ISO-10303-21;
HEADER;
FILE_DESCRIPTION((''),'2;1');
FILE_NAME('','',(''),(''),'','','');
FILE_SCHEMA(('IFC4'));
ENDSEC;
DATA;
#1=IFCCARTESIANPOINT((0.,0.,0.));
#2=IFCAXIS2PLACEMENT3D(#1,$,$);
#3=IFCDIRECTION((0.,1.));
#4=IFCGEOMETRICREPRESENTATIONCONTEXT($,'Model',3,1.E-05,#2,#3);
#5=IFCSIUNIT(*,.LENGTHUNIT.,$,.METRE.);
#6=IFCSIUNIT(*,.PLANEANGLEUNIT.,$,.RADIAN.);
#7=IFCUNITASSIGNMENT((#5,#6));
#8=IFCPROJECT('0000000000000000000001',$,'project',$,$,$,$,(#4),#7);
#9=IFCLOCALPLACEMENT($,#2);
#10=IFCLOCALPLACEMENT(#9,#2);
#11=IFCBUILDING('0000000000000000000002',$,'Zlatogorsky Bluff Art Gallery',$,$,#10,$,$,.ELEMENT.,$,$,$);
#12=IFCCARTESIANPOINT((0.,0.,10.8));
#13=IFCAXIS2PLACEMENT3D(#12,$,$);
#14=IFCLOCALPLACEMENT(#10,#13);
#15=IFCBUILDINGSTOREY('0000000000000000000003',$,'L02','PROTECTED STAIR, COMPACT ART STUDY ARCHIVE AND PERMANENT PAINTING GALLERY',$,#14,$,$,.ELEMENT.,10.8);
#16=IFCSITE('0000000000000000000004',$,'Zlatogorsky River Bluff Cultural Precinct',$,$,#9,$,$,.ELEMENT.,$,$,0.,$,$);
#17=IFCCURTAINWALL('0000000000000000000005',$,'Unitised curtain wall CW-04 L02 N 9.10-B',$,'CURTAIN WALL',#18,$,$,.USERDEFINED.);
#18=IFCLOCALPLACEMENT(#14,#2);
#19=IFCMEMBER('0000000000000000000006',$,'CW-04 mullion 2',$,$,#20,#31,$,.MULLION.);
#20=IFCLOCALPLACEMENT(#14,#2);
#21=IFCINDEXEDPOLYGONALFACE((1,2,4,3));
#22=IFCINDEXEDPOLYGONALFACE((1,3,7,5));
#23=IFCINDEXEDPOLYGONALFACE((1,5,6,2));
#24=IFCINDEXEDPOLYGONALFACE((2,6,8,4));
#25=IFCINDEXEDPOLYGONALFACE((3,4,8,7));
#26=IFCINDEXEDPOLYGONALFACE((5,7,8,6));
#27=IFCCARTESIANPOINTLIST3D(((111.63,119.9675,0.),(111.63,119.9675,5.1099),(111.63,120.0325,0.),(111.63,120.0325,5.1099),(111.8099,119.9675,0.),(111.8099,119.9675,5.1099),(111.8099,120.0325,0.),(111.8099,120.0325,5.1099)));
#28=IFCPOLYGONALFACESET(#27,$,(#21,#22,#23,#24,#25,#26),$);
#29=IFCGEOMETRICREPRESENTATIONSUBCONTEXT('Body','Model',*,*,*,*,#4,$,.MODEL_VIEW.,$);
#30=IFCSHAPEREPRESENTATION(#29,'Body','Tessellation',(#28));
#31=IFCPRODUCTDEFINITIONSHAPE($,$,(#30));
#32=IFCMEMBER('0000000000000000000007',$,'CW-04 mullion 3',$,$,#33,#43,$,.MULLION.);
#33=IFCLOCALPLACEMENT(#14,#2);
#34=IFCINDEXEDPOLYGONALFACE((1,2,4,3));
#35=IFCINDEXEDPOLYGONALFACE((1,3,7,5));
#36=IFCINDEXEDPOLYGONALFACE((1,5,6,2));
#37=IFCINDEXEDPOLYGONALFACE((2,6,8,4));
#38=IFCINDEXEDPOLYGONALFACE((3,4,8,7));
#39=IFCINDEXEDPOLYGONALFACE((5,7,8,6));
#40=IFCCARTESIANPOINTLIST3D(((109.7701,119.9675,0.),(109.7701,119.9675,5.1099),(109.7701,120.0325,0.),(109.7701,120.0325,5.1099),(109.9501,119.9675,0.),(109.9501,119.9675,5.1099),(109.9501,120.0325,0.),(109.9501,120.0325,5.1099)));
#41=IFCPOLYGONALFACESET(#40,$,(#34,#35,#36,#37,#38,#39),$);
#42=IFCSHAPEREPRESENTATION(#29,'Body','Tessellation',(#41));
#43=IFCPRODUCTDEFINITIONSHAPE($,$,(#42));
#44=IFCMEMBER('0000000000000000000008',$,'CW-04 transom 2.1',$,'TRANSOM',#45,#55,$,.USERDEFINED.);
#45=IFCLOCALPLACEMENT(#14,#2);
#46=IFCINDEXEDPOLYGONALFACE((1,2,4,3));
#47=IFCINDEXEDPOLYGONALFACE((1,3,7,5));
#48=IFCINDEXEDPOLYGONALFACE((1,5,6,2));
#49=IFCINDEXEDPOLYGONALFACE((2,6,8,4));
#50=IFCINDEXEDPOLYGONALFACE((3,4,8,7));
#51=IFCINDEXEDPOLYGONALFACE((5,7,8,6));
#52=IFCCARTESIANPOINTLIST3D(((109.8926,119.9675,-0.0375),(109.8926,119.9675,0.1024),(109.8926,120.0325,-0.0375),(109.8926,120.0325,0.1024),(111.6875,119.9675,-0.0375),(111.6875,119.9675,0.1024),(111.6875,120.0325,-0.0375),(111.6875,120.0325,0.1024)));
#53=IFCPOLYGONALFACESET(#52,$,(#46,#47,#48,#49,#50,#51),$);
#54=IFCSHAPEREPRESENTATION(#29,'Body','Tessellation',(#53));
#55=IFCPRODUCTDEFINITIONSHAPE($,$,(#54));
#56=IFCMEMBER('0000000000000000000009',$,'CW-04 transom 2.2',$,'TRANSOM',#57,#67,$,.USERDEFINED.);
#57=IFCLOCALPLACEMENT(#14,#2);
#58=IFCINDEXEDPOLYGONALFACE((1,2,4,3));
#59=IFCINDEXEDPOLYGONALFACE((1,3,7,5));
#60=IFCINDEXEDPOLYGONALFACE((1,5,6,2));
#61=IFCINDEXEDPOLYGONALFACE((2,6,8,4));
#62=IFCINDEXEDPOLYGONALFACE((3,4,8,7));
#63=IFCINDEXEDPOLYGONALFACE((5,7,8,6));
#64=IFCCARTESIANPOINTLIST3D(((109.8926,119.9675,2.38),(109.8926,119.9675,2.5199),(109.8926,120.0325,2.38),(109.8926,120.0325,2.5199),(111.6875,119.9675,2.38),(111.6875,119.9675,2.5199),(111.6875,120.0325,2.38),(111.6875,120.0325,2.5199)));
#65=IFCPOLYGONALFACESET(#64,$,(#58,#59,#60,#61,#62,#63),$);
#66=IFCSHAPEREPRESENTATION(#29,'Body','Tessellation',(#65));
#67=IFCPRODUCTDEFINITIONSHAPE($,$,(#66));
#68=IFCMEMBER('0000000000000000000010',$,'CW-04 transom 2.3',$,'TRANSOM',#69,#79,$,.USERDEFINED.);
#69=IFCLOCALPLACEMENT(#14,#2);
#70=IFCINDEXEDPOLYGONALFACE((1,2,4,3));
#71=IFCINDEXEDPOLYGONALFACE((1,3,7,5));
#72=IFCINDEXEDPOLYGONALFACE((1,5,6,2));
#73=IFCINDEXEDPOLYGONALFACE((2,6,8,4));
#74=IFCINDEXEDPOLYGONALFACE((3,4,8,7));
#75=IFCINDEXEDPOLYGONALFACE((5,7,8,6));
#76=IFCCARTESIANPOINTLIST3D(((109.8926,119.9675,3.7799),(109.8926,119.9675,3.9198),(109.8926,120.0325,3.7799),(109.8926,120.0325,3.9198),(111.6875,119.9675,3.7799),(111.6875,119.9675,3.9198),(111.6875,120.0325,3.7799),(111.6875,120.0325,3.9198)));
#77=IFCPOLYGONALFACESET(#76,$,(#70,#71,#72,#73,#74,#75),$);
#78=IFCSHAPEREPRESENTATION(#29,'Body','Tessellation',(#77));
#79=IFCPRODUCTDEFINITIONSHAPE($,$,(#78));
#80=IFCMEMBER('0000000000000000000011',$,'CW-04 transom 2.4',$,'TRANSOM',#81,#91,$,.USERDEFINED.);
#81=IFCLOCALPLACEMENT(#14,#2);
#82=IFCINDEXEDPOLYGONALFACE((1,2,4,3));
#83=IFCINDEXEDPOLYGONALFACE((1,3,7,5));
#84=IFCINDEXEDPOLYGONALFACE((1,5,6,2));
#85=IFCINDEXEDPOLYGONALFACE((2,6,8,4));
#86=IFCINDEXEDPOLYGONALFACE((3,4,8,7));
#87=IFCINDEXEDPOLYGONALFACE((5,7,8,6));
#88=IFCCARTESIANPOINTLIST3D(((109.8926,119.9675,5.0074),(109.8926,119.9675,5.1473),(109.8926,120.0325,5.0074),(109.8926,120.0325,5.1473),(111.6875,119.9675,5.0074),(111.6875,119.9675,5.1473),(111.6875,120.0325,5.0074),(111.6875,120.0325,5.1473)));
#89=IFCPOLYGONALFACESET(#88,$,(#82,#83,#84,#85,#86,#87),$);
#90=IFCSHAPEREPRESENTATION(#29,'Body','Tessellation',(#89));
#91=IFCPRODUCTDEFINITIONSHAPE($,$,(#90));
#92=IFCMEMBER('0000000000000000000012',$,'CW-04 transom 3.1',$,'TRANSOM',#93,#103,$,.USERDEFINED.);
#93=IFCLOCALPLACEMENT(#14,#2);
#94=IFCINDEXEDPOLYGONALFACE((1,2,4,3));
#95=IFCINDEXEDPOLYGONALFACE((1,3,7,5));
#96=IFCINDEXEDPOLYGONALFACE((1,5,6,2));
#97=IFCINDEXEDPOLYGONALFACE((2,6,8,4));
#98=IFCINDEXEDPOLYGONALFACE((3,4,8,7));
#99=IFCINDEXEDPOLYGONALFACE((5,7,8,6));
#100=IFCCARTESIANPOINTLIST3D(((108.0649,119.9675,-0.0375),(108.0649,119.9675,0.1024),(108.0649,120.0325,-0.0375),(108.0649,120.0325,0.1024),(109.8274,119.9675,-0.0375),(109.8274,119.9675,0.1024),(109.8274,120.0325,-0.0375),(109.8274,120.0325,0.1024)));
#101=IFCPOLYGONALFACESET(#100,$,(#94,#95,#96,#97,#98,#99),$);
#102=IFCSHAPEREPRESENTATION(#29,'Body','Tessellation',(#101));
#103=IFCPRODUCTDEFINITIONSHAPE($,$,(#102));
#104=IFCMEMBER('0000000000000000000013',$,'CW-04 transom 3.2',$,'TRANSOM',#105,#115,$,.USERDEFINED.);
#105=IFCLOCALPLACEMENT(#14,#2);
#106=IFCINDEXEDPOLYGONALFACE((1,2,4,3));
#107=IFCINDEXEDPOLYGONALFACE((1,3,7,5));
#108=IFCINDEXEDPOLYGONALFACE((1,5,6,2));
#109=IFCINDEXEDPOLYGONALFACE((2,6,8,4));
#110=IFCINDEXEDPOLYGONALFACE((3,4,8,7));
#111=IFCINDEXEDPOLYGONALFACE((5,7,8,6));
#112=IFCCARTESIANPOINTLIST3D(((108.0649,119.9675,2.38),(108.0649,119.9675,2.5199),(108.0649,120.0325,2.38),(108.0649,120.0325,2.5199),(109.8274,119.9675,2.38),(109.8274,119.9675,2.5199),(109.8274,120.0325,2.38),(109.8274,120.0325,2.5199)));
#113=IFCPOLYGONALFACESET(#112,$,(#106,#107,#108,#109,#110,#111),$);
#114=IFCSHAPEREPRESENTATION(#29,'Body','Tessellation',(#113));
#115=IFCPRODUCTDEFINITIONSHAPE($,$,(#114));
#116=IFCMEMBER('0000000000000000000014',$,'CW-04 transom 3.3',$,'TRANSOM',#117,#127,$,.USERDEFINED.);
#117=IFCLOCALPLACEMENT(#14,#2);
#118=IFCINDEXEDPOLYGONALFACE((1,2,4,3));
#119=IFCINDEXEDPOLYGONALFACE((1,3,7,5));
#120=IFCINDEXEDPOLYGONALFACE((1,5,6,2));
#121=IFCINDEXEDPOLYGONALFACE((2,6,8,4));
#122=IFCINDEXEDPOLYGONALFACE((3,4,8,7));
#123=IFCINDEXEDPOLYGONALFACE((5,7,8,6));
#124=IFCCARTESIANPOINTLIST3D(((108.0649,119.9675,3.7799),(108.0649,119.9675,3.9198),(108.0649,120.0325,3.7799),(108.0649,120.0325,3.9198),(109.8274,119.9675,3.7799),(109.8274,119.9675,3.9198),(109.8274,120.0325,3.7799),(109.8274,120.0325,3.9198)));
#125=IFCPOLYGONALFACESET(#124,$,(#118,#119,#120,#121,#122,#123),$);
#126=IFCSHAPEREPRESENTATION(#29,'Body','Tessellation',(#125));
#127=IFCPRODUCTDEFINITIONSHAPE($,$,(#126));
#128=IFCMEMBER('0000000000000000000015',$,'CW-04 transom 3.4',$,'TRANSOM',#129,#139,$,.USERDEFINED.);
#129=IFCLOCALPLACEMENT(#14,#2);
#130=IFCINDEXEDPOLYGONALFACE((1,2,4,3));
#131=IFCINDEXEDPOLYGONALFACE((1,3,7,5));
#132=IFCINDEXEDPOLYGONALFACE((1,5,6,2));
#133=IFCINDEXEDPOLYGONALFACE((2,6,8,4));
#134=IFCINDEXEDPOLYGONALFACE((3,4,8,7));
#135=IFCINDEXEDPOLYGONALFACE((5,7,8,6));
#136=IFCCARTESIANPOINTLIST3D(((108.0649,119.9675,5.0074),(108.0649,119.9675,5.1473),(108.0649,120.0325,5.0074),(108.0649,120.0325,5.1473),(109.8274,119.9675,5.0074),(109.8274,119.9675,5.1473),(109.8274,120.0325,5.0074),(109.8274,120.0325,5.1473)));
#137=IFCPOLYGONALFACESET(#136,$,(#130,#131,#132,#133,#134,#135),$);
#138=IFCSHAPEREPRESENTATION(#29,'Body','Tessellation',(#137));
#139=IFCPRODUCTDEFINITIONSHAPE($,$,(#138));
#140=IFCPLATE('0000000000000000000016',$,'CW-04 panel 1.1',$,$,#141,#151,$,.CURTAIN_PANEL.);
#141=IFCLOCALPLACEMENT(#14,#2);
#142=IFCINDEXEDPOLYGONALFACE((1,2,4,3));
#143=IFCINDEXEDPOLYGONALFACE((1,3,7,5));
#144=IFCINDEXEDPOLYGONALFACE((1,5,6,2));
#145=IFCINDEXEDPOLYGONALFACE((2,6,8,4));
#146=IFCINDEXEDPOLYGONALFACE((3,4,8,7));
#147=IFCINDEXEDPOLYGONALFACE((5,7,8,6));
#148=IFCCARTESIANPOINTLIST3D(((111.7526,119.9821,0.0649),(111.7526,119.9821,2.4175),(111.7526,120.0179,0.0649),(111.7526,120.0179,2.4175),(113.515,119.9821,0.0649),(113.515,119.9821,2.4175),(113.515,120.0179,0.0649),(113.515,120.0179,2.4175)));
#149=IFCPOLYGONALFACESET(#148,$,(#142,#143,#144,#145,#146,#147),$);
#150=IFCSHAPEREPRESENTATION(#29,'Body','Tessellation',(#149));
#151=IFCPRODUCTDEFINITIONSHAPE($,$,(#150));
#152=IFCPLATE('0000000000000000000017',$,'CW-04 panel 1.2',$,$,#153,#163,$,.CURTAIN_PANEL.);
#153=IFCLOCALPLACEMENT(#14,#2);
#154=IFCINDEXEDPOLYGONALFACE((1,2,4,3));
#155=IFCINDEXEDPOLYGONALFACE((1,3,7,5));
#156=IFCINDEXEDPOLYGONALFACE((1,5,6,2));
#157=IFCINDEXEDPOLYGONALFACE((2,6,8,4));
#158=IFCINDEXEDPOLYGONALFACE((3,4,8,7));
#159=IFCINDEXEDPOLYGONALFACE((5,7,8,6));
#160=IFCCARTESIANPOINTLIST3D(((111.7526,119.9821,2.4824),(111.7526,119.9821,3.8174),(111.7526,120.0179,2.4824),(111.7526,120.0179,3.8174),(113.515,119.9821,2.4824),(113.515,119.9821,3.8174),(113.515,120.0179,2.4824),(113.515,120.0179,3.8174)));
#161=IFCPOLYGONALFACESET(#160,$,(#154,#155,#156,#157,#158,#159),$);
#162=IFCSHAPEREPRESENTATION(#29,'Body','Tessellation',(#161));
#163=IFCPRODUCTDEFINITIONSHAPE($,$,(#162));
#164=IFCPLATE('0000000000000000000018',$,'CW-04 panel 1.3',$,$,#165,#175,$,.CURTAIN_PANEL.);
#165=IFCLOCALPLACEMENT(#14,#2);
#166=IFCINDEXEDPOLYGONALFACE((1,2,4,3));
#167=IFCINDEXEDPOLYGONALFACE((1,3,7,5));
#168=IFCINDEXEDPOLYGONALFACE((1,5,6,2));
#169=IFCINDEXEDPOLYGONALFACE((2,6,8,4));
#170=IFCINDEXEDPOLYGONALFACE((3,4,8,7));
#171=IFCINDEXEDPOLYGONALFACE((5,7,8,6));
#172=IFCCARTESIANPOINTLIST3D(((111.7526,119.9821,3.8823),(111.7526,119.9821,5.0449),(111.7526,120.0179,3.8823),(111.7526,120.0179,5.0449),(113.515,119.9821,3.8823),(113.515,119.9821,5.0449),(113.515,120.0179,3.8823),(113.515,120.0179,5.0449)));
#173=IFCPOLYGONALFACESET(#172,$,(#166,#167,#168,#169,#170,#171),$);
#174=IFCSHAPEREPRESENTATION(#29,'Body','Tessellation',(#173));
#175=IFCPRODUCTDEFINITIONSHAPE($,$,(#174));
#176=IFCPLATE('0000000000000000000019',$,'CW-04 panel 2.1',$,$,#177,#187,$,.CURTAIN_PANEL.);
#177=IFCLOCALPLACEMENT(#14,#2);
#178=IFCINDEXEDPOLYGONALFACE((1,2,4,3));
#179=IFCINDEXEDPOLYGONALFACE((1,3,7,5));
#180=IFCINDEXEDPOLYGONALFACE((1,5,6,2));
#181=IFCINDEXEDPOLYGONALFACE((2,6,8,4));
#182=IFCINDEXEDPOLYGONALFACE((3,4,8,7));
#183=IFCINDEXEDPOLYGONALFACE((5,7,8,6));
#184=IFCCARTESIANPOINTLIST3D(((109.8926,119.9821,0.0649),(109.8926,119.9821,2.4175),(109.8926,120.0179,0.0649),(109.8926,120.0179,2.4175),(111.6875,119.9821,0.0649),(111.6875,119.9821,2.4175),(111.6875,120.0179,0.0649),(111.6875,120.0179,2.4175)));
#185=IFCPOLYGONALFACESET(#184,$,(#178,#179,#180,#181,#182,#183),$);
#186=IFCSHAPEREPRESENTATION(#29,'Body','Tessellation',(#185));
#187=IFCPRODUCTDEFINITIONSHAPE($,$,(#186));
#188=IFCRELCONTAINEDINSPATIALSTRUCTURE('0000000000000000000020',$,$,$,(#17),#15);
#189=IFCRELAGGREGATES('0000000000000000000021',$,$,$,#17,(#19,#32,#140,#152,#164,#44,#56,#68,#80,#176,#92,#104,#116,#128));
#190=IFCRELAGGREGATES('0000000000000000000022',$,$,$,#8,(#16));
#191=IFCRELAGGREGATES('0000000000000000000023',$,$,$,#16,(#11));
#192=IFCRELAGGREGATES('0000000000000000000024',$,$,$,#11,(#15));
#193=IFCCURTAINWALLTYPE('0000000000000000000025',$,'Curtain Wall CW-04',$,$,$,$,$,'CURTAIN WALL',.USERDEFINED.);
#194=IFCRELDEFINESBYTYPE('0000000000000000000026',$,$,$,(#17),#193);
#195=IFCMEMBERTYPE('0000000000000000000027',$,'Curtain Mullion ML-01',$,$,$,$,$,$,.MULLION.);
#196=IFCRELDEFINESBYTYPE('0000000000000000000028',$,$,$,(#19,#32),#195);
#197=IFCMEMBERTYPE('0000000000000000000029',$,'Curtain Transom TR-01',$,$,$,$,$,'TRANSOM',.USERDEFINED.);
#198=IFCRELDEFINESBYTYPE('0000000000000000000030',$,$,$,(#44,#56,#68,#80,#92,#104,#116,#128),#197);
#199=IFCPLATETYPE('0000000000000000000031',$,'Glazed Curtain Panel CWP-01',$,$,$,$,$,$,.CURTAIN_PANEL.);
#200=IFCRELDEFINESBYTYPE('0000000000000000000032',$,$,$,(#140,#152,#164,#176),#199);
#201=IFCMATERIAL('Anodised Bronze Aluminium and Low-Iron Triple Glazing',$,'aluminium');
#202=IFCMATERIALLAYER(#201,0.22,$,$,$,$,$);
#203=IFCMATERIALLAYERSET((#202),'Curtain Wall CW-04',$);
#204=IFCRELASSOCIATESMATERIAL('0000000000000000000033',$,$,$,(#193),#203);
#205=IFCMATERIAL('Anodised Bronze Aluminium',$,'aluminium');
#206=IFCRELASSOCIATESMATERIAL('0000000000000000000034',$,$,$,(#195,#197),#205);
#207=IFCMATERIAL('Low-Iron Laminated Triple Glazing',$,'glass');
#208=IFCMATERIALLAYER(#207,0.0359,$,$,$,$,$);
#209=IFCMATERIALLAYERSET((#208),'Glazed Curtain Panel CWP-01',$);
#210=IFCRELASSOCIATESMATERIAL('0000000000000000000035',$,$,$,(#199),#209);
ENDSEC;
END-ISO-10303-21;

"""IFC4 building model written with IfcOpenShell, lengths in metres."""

from ifc_helpers import new_model, si_unit, direction, frame, origin, origin_2d, place, context, subcontext, project, spatial, rectangle, extrude, material, layer, layer_set, material_profile, profile_set, type_object, element, aggregate, save


model = new_model("IFC4")

# Units and contexts
model_context = context("Model", 3, precision=1e-05, world=origin(), true_north=direction((0.0, 1.0)))
body_context = subcontext(model_context, "Body", "Model", "MODEL_VIEW")
ifc_project = project(units=[si_unit("LENGTHUNIT", "METRE"), si_unit("PLANEANGLEUNIT", "RADIAN")], contexts=[model_context])

# Site, building, storey
site_placement = place(None, origin())
site = spatial("IfcSite", under=ifc_project, at=site_placement, Name="Zlatogorsky River Bluff Cultural Precinct", CompositionType="ELEMENT", RefElevation=0.0)
building_placement = place(site_placement, origin())
building = spatial("IfcBuilding", under=site, at=building_placement, Name="Zlatogorsky Bluff Art Gallery", CompositionType="ELEMENT")
storey_placement = place(building_placement, frame((0.0, 0.0, 10.8)))
storey = spatial("IfcBuildingStorey", under=building, at=storey_placement, Name="L02", Description="PROTECTED STAIR, COMPACT ART STUDY ARCHIVE AND PERMANENT PAINTING GALLERY", CompositionType="ELEMENT", Elevation=10.8)

# Curtain wall, members, plates
ifc_material_1 = material(Name="Anodised Bronze Aluminium and Low-Iron Triple Glazing", Category="aluminium")
ifc_layer_1 = layer(ifc_material_1, 0.22)
ifc_layer_set_1 = layer_set([ifc_layer_1], Name="Curtain Wall CW-04")
curtain_wall_type = type_object("IfcCurtainWallType", Name="Curtain Wall CW-04", ElementType="CURTAIN WALL", PredefinedType="USERDEFINED", material=ifc_layer_set_1)
curtain_wall_placement = place(storey_placement, origin())
curtain_wall = element("IfcCurtainWall", 1, at=curtain_wall_placement, inside=storey, type_object=curtain_wall_type, Name="Unitised curtain wall CW-04 L02 N 9.10-B", ObjectType="CURTAIN WALL", PredefinedType="USERDEFINED")
ifc_material_2 = material(Name="Anodised Bronze Aluminium", Category="aluminium")
ifc_material_profile_1 = material_profile(ifc_material_2, rectangle(XDim=0.0649, YDim=0.1799, at=origin_2d()), Name="ALU MULLION 65x180")
ifc_profile_set_1 = profile_set([ifc_material_profile_1], Name="Anodised Bronze Aluminium")
member_type_1 = type_object("IfcMemberType", Name="Curtain Mullion ML-01", PredefinedType="MULLION", material=ifc_profile_set_1)
member_1_placement = place(storey_placement, frame((111.72, 120.0, 0.0), z_axis=(0.0, 0.0, 1.0), x_axis=(0.0, -1.0, 0.0)))
member_1 = element("IfcMember", 2, at=member_1_placement, type_object=member_type_1, Name="CW-04 mullion 2", PredefinedType="MULLION", context=body_context, shape_type="SweptSolid", body=[
    extrude(rectangle(XDim=0.0649, YDim=0.1799, at=origin_2d()), origin(), (0.0, 0.0, 1.0), 5.1099),
])
member_2_placement = place(storey_placement, frame((109.8601, 120.0, 0.0), z_axis=(0.0, 0.0, 1.0), x_axis=(0.0, -1.0, 0.0)))
member_2 = element("IfcMember", 3, at=member_2_placement, type_object=member_type_1, Name="CW-04 mullion 3", PredefinedType="MULLION", context=body_context, shape_type="SweptSolid", body=[
    extrude(rectangle(XDim=0.0649, YDim=0.1799, at=origin_2d()), origin(), (0.0, 0.0, 1.0), 5.1099),
])
ifc_material_profile_2 = material_profile(ifc_material_2, rectangle(XDim=0.0649, YDim=0.1399, at=origin_2d()), Name="ALU TRANSOM 65x140")
ifc_profile_set_2 = profile_set([ifc_material_profile_2], Name="Anodised Bronze Aluminium")
member_type_2 = type_object("IfcMemberType", Name="Curtain Transom TR-01", ElementType="TRANSOM", PredefinedType="USERDEFINED", material=ifc_profile_set_2)
member_3_placement = place(storey_placement, frame((111.6875, 120.0, 0.0325), z_axis=(-1.0, 0.0, 0.0), x_axis=(0.0, -1.0, 0.0)))
member_3 = element("IfcMember", 4, at=member_3_placement, type_object=member_type_2, Name="CW-04 transom 2.1", ObjectType="TRANSOM", PredefinedType="USERDEFINED", context=body_context, shape_type="SweptSolid", body=[
    extrude(rectangle(XDim=0.0649, YDim=0.1399, at=origin_2d()), origin(), (0.0, 0.0, 1.0), 1.7949),
])
member_4_placement = place(storey_placement, frame((111.6875, 120.0, 2.45), z_axis=(-1.0, 0.0, 0.0), x_axis=(0.0, -1.0, 0.0)))
member_4 = element("IfcMember", 5, at=member_4_placement, type_object=member_type_2, Name="CW-04 transom 2.2", ObjectType="TRANSOM", PredefinedType="USERDEFINED", context=body_context, shape_type="SweptSolid", body=[
    extrude(rectangle(XDim=0.0649, YDim=0.1399, at=origin_2d()), origin(), (0.0, 0.0, 1.0), 1.7949),
])
member_5_placement = place(storey_placement, frame((111.6875, 120.0, 3.8499), z_axis=(-1.0, 0.0, 0.0), x_axis=(0.0, -1.0, 0.0)))
member_5 = element("IfcMember", 6, at=member_5_placement, type_object=member_type_2, Name="CW-04 transom 2.3", ObjectType="TRANSOM", PredefinedType="USERDEFINED", context=body_context, shape_type="SweptSolid", body=[
    extrude(rectangle(XDim=0.0649, YDim=0.1399, at=origin_2d()), origin(), (0.0, 0.0, 1.0), 1.7949),
])
member_6_placement = place(storey_placement, frame((111.6875, 120.0, 5.0774), z_axis=(-1.0, 0.0, 0.0), x_axis=(0.0, -1.0, 0.0)))
member_6 = element("IfcMember", 7, at=member_6_placement, type_object=member_type_2, Name="CW-04 transom 2.4", ObjectType="TRANSOM", PredefinedType="USERDEFINED", context=body_context, shape_type="SweptSolid", body=[
    extrude(rectangle(XDim=0.0649, YDim=0.1399, at=origin_2d()), origin(), (0.0, 0.0, 1.0), 1.7949),
])
member_7_placement = place(storey_placement, frame((109.8274, 120.0, 0.0325), z_axis=(-1.0, 0.0, 0.0), x_axis=(0.0, -1.0, 0.0)))
member_7 = element("IfcMember", 8, at=member_7_placement, type_object=member_type_2, Name="CW-04 transom 3.1", ObjectType="TRANSOM", PredefinedType="USERDEFINED", context=body_context, shape_type="SweptSolid", body=[
    extrude(rectangle(XDim=0.0649, YDim=0.1399, at=origin_2d()), origin(), (0.0, 0.0, 1.0), 1.7625),
])
member_8_placement = place(storey_placement, frame((109.8274, 120.0, 2.45), z_axis=(-1.0, 0.0, 0.0), x_axis=(0.0, -1.0, 0.0)))
member_8 = element("IfcMember", 9, at=member_8_placement, type_object=member_type_2, Name="CW-04 transom 3.2", ObjectType="TRANSOM", PredefinedType="USERDEFINED", context=body_context, shape_type="SweptSolid", body=[
    extrude(rectangle(XDim=0.0649, YDim=0.1399, at=origin_2d()), origin(), (0.0, 0.0, 1.0), 1.7625),
])
member_9_placement = place(storey_placement, frame((109.8274, 120.0, 3.8499), z_axis=(-1.0, 0.0, 0.0), x_axis=(0.0, -1.0, 0.0)))
member_9 = element("IfcMember", 10, at=member_9_placement, type_object=member_type_2, Name="CW-04 transom 3.3", ObjectType="TRANSOM", PredefinedType="USERDEFINED", context=body_context, shape_type="SweptSolid", body=[
    extrude(rectangle(XDim=0.0649, YDim=0.1399, at=origin_2d()), origin(), (0.0, 0.0, 1.0), 1.7625),
])
member_10_placement = place(storey_placement, frame((109.8274, 120.0, 5.0774), z_axis=(-1.0, 0.0, 0.0), x_axis=(0.0, -1.0, 0.0)))
member_10 = element("IfcMember", 11, at=member_10_placement, type_object=member_type_2, Name="CW-04 transom 3.4", ObjectType="TRANSOM", PredefinedType="USERDEFINED", context=body_context, shape_type="SweptSolid", body=[
    extrude(rectangle(XDim=0.0649, YDim=0.1399, at=origin_2d()), origin(), (0.0, 0.0, 1.0), 1.7625),
])
ifc_material_3 = material(Name="Low-Iron Laminated Triple Glazing", Category="glass")
ifc_layer_2 = layer(ifc_material_3, 0.0359)
ifc_layer_set_2 = layer_set([ifc_layer_2], Name="Glazed Curtain Panel CWP-01")
plate_type = type_object("IfcPlateType", Name="Glazed Curtain Panel CWP-01", PredefinedType="CURTAIN_PANEL", material=ifc_layer_set_2)
plate_1_placement = place(storey_placement, frame((112.6338, 120.0, 0.0649), z_axis=(0.0, 0.0, 1.0), x_axis=(-1.0, 0.0, 0.0)))
plate_1 = element("IfcPlate", 12, at=plate_1_placement, type_object=plate_type, Name="CW-04 panel 1.1", PredefinedType="CURTAIN_PANEL", context=body_context, shape_type="SweptSolid", body=[
    extrude(rectangle(XDim=1.7625, YDim=0.0359, at=origin_2d()), origin(), (0.0, 0.0, 1.0), 2.3525),
])
plate_2_placement = place(storey_placement, frame((112.6338, 120.0, 2.4824), z_axis=(0.0, 0.0, 1.0), x_axis=(-1.0, 0.0, 0.0)))
plate_2 = element("IfcPlate", 13, at=plate_2_placement, type_object=plate_type, Name="CW-04 panel 1.2", PredefinedType="CURTAIN_PANEL", context=body_context, shape_type="SweptSolid", body=[
    extrude(rectangle(XDim=1.7625, YDim=0.0359, at=origin_2d()), origin(), (0.0, 0.0, 1.0), 1.335),
])
plate_3_placement = place(storey_placement, frame((112.6338, 120.0, 3.8823), z_axis=(0.0, 0.0, 1.0), x_axis=(-1.0, 0.0, 0.0)))
plate_3 = element("IfcPlate", 14, at=plate_3_placement, type_object=plate_type, Name="CW-04 panel 1.3", PredefinedType="CURTAIN_PANEL", context=body_context, shape_type="SweptSolid", body=[
    extrude(rectangle(XDim=1.7625, YDim=0.0359, at=origin_2d()), origin(), (0.0, 0.0, 1.0), 1.1626),
])
plate_4_placement = place(storey_placement, frame((110.79, 120.0, 0.0649), z_axis=(0.0, 0.0, 1.0), x_axis=(-1.0, 0.0, 0.0)))
plate_4 = element("IfcPlate", 15, at=plate_4_placement, type_object=plate_type, Name="CW-04 panel 2.1", PredefinedType="CURTAIN_PANEL", context=body_context, shape_type="SweptSolid", body=[
    extrude(rectangle(XDim=1.7949, YDim=0.0359, at=origin_2d()), origin(), (0.0, 0.0, 1.0), 2.3525),
])
aggregate(curtain_wall, [member_1, member_2, plate_1, plate_2, plate_3, member_3, member_4, member_5, member_6, plate_4, member_7, member_8, member_9, member_10])

save(model, "model.ifc")
